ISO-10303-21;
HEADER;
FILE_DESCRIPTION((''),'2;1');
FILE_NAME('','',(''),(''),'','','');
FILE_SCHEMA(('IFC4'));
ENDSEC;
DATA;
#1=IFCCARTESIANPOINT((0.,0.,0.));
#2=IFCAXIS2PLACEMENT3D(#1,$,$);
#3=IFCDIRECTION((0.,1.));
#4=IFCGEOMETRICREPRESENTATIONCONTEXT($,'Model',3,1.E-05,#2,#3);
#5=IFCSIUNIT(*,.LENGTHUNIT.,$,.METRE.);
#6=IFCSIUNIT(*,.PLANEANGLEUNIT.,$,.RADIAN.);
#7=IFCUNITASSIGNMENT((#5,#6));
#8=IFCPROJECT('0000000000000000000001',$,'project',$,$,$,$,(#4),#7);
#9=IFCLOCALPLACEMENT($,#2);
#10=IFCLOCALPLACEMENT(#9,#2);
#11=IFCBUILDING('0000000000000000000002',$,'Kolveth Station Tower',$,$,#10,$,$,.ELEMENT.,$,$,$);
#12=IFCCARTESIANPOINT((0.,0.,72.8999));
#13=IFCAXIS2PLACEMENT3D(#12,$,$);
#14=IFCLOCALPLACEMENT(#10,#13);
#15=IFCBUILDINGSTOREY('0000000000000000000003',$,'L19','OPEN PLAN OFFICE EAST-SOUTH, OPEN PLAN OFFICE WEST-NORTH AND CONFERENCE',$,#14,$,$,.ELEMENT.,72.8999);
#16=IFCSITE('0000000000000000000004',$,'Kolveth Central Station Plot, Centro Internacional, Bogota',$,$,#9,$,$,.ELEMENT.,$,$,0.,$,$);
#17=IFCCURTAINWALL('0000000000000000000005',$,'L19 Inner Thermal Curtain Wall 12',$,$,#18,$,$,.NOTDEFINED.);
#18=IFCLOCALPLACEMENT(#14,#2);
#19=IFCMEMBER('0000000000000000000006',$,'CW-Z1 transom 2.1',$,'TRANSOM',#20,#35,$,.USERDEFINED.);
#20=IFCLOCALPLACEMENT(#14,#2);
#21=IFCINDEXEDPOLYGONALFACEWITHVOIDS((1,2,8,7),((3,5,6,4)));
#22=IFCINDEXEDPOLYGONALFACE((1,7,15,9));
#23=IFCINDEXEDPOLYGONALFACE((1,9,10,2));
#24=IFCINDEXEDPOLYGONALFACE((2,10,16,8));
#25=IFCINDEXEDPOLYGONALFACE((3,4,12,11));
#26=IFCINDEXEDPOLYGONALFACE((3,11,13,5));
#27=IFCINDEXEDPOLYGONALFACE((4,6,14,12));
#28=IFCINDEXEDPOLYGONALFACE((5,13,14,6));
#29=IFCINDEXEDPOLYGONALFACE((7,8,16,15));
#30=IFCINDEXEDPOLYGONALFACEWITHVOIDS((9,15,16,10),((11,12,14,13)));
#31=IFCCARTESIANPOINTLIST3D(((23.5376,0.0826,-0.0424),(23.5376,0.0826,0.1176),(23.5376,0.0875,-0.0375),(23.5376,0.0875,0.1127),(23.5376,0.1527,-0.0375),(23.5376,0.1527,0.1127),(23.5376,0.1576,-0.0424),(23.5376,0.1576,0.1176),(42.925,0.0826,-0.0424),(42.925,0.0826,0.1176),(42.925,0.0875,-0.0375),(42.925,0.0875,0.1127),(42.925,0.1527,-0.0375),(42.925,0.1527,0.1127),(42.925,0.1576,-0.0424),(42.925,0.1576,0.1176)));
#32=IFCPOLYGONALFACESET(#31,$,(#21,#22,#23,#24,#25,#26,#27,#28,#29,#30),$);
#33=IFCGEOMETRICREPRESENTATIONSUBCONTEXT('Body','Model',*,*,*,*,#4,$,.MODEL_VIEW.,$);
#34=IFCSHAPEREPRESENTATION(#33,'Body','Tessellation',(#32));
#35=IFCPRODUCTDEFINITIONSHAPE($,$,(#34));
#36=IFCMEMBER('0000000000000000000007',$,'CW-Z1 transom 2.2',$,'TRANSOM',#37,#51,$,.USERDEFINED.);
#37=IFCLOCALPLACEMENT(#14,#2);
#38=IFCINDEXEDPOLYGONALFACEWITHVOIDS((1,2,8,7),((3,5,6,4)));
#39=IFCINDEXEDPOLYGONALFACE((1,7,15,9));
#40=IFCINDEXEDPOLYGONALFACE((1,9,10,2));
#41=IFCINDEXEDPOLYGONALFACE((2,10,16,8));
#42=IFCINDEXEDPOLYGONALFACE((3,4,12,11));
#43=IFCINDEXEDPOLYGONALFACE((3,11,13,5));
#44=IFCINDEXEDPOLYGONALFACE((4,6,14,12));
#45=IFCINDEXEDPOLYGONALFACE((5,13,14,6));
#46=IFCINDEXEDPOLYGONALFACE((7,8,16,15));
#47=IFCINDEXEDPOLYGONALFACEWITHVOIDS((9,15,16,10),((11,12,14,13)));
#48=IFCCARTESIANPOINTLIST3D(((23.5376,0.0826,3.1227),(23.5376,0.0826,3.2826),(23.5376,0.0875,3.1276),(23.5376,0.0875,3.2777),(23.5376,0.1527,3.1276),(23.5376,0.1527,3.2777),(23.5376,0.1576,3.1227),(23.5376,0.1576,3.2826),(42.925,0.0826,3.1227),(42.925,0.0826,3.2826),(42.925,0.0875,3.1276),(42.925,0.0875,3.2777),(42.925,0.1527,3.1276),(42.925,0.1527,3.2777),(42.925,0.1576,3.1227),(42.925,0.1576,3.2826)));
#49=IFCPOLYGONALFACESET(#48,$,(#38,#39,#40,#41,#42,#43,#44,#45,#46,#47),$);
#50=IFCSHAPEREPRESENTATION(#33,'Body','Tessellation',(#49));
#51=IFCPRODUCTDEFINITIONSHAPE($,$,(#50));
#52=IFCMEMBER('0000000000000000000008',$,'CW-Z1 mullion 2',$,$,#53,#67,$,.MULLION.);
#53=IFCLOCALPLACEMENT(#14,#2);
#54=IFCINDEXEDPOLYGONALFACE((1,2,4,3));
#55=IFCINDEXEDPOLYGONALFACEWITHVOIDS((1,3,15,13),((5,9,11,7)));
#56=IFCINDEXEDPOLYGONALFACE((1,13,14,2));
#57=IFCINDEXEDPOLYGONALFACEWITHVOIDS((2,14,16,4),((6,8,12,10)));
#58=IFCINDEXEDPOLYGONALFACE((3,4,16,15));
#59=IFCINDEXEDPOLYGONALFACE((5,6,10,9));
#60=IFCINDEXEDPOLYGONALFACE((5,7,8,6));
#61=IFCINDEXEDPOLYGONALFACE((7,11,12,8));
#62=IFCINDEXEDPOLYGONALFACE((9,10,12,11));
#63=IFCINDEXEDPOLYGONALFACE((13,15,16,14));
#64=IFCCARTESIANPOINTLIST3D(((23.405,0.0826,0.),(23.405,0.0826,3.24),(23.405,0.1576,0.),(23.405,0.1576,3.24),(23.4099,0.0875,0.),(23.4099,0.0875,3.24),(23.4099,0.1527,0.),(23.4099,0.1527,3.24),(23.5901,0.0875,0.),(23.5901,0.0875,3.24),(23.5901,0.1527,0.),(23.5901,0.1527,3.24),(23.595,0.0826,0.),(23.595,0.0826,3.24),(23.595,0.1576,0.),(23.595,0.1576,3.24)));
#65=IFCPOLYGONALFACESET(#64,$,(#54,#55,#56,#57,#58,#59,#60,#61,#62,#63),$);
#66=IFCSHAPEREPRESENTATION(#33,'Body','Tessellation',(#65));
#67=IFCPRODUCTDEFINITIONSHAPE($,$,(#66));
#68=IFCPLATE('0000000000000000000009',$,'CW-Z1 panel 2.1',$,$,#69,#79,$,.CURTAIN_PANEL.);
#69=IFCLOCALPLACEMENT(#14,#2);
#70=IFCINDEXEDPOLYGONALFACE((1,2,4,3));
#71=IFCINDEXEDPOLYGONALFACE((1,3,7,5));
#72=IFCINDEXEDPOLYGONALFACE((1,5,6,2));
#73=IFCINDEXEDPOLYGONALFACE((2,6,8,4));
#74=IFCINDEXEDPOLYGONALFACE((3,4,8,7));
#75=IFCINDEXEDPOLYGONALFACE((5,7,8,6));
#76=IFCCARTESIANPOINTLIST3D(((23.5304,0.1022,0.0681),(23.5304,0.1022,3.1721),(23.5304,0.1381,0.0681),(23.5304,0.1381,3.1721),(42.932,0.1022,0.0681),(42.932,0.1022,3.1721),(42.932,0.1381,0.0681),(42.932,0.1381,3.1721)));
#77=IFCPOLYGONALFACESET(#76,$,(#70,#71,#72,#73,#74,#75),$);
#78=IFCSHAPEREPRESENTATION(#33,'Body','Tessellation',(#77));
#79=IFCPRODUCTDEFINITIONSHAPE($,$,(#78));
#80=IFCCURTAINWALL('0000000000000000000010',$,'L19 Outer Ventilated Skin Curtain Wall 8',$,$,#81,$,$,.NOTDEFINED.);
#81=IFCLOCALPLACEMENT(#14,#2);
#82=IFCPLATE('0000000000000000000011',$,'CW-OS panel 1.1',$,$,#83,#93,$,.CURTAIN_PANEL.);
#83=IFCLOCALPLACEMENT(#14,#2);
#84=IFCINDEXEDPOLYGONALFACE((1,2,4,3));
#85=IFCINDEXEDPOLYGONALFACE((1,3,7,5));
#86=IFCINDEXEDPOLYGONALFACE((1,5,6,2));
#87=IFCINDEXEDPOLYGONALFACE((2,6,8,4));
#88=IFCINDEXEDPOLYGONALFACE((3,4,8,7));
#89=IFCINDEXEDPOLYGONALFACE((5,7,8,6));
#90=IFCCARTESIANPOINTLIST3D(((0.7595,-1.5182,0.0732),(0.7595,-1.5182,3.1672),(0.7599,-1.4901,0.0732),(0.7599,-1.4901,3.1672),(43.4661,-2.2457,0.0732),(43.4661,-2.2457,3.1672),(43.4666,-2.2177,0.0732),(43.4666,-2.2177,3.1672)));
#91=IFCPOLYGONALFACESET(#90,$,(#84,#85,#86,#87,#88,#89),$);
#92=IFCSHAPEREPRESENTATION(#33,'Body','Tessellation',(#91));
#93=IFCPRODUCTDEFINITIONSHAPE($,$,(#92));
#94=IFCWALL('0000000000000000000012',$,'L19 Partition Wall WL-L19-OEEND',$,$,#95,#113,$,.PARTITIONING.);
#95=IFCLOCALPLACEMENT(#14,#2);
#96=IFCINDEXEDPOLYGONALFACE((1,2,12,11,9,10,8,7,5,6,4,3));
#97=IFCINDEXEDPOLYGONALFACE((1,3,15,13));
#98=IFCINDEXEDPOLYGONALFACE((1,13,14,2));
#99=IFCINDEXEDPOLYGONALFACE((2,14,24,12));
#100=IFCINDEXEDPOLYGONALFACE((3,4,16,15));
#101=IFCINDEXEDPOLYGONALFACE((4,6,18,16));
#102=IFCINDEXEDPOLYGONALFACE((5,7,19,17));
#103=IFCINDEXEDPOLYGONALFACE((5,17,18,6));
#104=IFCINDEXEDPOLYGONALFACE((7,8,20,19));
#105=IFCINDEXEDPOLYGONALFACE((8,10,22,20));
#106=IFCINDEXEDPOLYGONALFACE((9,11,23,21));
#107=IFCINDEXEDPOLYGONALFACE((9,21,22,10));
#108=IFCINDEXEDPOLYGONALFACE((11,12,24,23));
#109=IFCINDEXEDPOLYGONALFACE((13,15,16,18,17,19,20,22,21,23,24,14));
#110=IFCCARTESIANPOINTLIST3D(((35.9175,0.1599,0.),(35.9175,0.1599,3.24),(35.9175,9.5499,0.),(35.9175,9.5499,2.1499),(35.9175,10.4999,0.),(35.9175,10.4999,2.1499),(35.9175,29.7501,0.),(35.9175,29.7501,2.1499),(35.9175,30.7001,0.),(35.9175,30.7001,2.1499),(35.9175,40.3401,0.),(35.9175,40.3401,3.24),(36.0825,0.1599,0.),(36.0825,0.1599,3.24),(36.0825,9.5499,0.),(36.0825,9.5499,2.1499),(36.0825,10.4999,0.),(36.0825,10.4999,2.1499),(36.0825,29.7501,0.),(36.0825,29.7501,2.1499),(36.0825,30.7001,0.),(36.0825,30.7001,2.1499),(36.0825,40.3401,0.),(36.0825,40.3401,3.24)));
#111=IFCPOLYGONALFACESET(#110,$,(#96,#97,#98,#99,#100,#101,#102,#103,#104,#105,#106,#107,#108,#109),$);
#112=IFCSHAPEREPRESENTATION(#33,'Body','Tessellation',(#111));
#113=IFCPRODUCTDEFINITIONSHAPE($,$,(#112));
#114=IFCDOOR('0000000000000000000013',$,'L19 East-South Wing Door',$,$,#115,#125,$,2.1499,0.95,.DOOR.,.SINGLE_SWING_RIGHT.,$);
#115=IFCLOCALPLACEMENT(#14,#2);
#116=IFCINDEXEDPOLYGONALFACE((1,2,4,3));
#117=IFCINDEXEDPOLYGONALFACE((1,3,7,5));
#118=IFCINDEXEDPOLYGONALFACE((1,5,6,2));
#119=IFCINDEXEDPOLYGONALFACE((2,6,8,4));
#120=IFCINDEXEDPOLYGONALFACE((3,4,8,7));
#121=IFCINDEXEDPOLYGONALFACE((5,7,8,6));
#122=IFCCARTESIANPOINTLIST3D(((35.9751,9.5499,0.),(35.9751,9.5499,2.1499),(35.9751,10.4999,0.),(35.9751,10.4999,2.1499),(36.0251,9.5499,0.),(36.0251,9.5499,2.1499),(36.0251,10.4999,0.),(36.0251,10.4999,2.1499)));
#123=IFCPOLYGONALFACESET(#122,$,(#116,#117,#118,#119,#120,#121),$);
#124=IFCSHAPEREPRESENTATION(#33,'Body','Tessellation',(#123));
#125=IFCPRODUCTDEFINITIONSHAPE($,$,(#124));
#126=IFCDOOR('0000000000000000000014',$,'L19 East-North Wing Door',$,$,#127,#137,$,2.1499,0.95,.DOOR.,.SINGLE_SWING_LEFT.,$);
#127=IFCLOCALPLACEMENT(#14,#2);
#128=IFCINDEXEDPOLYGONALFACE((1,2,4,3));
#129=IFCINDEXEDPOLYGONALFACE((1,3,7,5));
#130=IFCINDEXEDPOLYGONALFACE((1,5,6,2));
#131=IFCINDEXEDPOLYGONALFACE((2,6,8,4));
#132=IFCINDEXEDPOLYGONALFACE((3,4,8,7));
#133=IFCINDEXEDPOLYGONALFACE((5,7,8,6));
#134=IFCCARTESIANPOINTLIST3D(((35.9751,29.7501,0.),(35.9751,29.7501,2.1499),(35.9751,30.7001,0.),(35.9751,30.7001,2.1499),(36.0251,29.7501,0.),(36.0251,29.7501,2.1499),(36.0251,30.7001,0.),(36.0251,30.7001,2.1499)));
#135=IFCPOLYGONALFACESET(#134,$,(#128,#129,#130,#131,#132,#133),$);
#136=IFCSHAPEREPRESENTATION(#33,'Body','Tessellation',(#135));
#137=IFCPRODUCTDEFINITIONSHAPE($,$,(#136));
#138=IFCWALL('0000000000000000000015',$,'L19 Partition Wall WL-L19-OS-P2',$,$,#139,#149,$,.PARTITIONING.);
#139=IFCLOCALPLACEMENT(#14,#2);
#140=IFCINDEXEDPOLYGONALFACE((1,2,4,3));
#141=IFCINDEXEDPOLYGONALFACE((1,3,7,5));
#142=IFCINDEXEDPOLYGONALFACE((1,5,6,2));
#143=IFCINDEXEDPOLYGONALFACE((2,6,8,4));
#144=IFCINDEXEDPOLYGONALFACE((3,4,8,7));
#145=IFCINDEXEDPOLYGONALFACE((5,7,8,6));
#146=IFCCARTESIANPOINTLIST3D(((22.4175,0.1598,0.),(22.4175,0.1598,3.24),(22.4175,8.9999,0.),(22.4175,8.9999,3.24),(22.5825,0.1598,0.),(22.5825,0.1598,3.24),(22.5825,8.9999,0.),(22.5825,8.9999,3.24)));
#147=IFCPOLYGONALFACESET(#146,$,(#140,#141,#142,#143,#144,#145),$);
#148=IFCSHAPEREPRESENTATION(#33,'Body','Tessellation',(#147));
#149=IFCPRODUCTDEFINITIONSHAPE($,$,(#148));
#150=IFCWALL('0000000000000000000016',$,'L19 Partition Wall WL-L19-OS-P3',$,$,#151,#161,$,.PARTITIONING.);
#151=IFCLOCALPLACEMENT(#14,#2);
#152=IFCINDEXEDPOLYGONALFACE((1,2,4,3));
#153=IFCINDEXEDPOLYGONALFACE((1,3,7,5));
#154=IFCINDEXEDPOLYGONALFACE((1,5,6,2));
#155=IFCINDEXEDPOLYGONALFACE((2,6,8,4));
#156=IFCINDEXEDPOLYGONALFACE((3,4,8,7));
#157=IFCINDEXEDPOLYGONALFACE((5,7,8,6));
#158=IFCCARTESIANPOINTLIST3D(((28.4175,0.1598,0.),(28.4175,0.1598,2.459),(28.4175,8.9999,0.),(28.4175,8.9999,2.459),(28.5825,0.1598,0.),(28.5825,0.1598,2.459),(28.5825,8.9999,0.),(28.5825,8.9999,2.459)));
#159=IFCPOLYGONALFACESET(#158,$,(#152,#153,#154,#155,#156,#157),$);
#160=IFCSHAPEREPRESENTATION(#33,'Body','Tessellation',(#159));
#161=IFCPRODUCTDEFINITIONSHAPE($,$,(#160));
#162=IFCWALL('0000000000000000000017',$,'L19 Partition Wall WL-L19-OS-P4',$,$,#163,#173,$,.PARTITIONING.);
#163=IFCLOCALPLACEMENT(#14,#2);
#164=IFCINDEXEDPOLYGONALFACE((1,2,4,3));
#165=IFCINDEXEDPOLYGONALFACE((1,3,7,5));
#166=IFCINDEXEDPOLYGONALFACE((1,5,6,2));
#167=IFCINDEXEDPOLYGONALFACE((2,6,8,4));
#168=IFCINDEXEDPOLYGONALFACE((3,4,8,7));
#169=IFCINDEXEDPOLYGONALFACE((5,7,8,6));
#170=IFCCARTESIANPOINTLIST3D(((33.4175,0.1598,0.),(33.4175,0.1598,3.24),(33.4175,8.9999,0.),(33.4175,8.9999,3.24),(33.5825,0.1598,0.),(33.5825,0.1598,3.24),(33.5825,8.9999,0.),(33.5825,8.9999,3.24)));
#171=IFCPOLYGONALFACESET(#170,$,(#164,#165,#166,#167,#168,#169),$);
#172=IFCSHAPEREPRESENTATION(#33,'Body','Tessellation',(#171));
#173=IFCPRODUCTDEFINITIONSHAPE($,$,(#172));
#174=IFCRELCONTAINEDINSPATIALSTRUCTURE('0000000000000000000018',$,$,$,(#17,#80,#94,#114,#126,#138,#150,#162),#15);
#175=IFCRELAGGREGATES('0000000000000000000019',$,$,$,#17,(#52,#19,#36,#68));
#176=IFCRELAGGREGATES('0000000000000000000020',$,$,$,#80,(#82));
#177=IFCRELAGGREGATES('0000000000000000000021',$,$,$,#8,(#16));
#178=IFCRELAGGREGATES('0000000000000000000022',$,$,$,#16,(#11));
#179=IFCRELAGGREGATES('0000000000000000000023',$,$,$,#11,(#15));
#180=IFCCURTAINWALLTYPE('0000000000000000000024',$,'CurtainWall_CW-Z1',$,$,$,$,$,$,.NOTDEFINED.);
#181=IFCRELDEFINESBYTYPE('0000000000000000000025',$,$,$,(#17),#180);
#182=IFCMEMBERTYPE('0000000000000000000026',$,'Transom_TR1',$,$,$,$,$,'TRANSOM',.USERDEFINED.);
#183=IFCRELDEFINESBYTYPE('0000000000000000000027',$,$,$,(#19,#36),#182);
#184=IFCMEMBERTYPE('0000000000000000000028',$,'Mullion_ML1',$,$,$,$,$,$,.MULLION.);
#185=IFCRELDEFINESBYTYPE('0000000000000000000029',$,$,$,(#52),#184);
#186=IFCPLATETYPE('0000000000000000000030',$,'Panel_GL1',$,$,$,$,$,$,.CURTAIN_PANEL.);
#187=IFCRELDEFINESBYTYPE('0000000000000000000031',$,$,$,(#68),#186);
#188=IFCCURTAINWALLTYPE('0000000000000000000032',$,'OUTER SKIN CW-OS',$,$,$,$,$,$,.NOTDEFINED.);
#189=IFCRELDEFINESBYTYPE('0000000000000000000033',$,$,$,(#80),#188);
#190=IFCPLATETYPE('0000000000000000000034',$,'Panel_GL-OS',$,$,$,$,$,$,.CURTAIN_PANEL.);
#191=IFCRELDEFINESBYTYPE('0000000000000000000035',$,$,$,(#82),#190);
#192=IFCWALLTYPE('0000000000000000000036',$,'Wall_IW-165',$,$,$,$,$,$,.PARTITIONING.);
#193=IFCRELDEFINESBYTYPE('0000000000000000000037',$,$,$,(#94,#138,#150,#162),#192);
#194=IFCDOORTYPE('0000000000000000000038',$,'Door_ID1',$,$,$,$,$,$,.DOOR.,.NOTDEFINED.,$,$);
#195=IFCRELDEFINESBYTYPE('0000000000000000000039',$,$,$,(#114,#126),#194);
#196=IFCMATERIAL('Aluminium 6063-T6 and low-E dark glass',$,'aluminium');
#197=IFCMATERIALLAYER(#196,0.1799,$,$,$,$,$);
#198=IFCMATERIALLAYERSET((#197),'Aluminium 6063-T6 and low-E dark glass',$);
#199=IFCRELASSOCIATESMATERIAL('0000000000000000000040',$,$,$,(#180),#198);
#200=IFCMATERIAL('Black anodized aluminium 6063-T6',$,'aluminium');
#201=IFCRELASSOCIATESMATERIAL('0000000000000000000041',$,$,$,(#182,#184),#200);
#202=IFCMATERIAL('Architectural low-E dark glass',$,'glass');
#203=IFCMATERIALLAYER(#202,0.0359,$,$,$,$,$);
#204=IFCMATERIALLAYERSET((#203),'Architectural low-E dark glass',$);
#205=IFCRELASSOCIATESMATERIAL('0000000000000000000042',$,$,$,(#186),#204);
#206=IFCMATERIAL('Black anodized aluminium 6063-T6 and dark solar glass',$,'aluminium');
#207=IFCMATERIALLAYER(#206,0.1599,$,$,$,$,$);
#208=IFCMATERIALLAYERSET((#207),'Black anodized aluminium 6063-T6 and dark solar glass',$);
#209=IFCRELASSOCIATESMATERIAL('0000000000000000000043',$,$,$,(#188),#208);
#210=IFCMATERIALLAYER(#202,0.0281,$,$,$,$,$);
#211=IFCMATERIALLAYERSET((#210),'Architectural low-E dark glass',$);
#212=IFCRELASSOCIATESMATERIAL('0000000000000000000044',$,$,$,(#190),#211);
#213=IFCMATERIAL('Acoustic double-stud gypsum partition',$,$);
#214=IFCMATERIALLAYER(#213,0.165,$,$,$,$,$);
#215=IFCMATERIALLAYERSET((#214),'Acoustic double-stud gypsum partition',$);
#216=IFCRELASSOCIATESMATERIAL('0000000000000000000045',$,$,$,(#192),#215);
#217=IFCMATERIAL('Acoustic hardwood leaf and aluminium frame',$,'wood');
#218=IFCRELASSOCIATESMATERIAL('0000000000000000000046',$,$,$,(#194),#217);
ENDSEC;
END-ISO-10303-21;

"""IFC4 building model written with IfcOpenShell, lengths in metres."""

from ifc_helpers import new_model, si_unit, direction, frame, frame_2d, origin, origin_2d, place, context, subcontext, project, spatial, rectangle, hollow_rectangle, extrude, source, transform, mapped, material, layer, layer_set, material_profile, profile_set, type_object, element, fill, aggregate, save


model = new_model("IFC4")

# Units and contexts
model_context = context("Model", 3, precision=1e-05, world=origin(), true_north=direction((0.0, 1.0)))
body_context = subcontext(model_context, "Body", "Model", "MODEL_VIEW")
ifc_project = project(units=[si_unit("LENGTHUNIT", "METRE"), si_unit("PLANEANGLEUNIT", "RADIAN")], contexts=[model_context])

# Site, building, storey
site_placement = place(None, origin())
site = spatial("IfcSite", under=ifc_project, at=site_placement, Name="Kolveth Central Station Plot, Centro Internacional, Bogota", CompositionType="ELEMENT", RefElevation=0.0)
building_placement = place(site_placement, origin())
building = spatial("IfcBuilding", under=site, at=building_placement, Name="Kolveth Station Tower", CompositionType="ELEMENT")
storey_placement = place(building_placement, frame((0.0, 0.0, 72.8999)))
storey = spatial("IfcBuildingStorey", under=building, at=storey_placement, Name="L19", Description="OPEN PLAN OFFICE EAST-SOUTH, OPEN PLAN OFFICE WEST-NORTH AND CONFERENCE", CompositionType="ELEMENT", Elevation=72.8999)

# Curtain wall, members, plate
ifc_material_1 = material(Name="Aluminium 6063-T6 and low-E dark glass", Category="aluminium")
ifc_layer_1 = layer(ifc_material_1, 0.1799)
ifc_layer_set_1 = layer_set([ifc_layer_1], Name="Aluminium 6063-T6 and low-E dark glass")
curtain_wall_type_1 = type_object("IfcCurtainWallType", Name="CurtainWall_CW-Z1", PredefinedType="NOTDEFINED", material=ifc_layer_set_1)
curtain_wall_1_placement = place(storey_placement, origin())
curtain_wall_1 = element("IfcCurtainWall", 1, at=curtain_wall_1_placement, inside=storey, type_object=curtain_wall_type_1, Name="L19 Inner Thermal Curtain Wall 12", PredefinedType="NOTDEFINED")
ifc_material_2 = material(Name="Black anodized aluminium 6063-T6", Category="aluminium")
ifc_material_profile_1 = material_profile(ifc_material_2, hollow_rectangle(XDim=0.075, YDim=0.1599, WallThickness=0.0049, at=origin_2d()), Name="ALU-75x160x5")
ifc_profile_set_1 = profile_set([ifc_material_profile_1], Name="Black anodized aluminium 6063-T6")
member_type_1 = type_object("IfcMemberType", Name="Transom_TR1", ElementType="TRANSOM", PredefinedType="USERDEFINED", material=ifc_profile_set_1)
shared_shape_1 = source(origin(), body_context, "Body", "SweptSolid", [
    extrude(hollow_rectangle(XDim=0.075, YDim=0.1599, WallThickness=0.0049, at=origin_2d()), origin(), (0.0, 0.0, 1.0), 19.3875),
])
member_1_placement = place(storey_placement, frame((23.5376, 0.1201, 0.0376), z_axis=(1.0, 0.0, 0.0), x_axis=(0.0, 1.0, 0.0)))
member_1 = element("IfcMember", 2, at=member_1_placement, type_object=member_type_1, Name="CW-Z1 transom 2.1", ObjectType="TRANSOM", PredefinedType="USERDEFINED", context=body_context, shape_type="MappedRepresentation", body=[
    mapped(shared_shape_1, transform((0.0, 0.0, 0.0), x_axis=(1.0, 0.0, 0.0), y_axis=(0.0, 1.0, 0.0), z_axis=(0.0, 0.0, 1.0), scale=1.0)),
])
member_2_placement = place(storey_placement, frame((23.5376, 0.1201, 3.2026), z_axis=(1.0, 0.0, 0.0), x_axis=(0.0, 1.0, 0.0)))
member_2 = element("IfcMember", 3, at=member_2_placement, type_object=member_type_1, Name="CW-Z1 transom 2.2", ObjectType="TRANSOM", PredefinedType="USERDEFINED", context=body_context, shape_type="MappedRepresentation", body=[
    mapped(shared_shape_1, transform((0.0, 0.0, 0.0), x_axis=(1.0, 0.0, 0.0), y_axis=(0.0, 1.0, 0.0), z_axis=(0.0, 0.0, 1.0), scale=1.0)),
])
ifc_material_profile_2 = material_profile(ifc_material_2, hollow_rectangle(XDim=0.075, YDim=0.1899, WallThickness=0.0049, at=origin_2d()), Name="ALU-75x190x5")
ifc_profile_set_2 = profile_set([ifc_material_profile_2], Name="Black anodized aluminium 6063-T6")
member_type_2 = type_object("IfcMemberType", Name="Mullion_ML1", PredefinedType="MULLION", material=ifc_profile_set_2)
shared_shape_2 = source(origin(), body_context, "Body", "SweptSolid", [
    extrude(hollow_rectangle(XDim=0.075, YDim=0.1899, WallThickness=0.0049, at=origin_2d()), origin(), (0.0, 0.0, 1.0), 3.24),
])
member_3_placement = place(storey_placement, frame((23.5, 0.1201, 0.0), z_axis=(0.0, 0.0, 1.0), x_axis=(0.0, 1.0, 0.0)))
member_3 = element("IfcMember", 4, at=member_3_placement, type_object=member_type_2, Name="CW-Z1 mullion 2", PredefinedType="MULLION", context=body_context, shape_type="MappedRepresentation", body=[
    mapped(shared_shape_2, transform((0.0, 0.0, 0.0), x_axis=(1.0, 0.0, 0.0), y_axis=(0.0, 1.0, 0.0), z_axis=(0.0, 0.0, 1.0), scale=1.0)),
])
ifc_material_3 = material(Name="Architectural low-E dark glass", Category="glass")
ifc_layer_2 = layer(ifc_material_3, 0.0359)
ifc_layer_set_2 = layer_set([ifc_layer_2], Name="Architectural low-E dark glass")
plate_type_1 = type_object("IfcPlateType", Name="Panel_GL1", PredefinedType="CURTAIN_PANEL", material=ifc_layer_set_2)
shared_shape_3 = source(origin(), body_context, "Body", "SweptSolid", [
    extrude(rectangle(XDim=19.4016, YDim=0.0359, at=origin_2d()), origin(), (0.0, 0.0, 1.0), 3.104),
])
plate_1_placement = place(storey_placement, frame((33.2312, 0.1201, 0.0681), z_axis=(0.0, 0.0, 1.0), x_axis=(1.0, 0.0, 0.0)))
plate_1 = element("IfcPlate", 5, at=plate_1_placement, type_object=plate_type_1, Name="CW-Z1 panel 2.1", PredefinedType="CURTAIN_PANEL", context=body_context, shape_type="MappedRepresentation", body=[
    mapped(shared_shape_3, transform((0.0, 0.0, 0.0), x_axis=(1.0, 0.0, 0.0), y_axis=(0.0, 1.0, 0.0), z_axis=(0.0, 0.0, 1.0), scale=1.0)),
])
aggregate(curtain_wall_1, [member_3, member_1, member_2, plate_1])

# Curtain wall, plate
ifc_material_4 = material(Name="Black anodized aluminium 6063-T6 and dark solar glass", Category="aluminium")
ifc_layer_3 = layer(ifc_material_4, 0.1599)
ifc_layer_set_3 = layer_set([ifc_layer_3], Name="Black anodized aluminium 6063-T6 and dark solar glass")
curtain_wall_type_2 = type_object("IfcCurtainWallType", Name="OUTER SKIN CW-OS", PredefinedType="NOTDEFINED", material=ifc_layer_set_3)
curtain_wall_2_placement = place(storey_placement, origin())
curtain_wall_2 = element("IfcCurtainWall", 6, at=curtain_wall_2_placement, inside=storey, type_object=curtain_wall_type_2, Name="L19 Outer Ventilated Skin Curtain Wall 8", PredefinedType="NOTDEFINED")
ifc_layer_4 = layer(ifc_material_3, 0.0281)
ifc_layer_set_4 = layer_set([ifc_layer_4], Name="Architectural low-E dark glass")
plate_type_2 = type_object("IfcPlateType", Name="Panel_GL-OS", PredefinedType="CURTAIN_PANEL", material=ifc_layer_set_4)
shared_shape_4 = source(origin(), body_context, "Body", "SweptSolid", [
    extrude(rectangle(XDim=42.7129, YDim=0.0281, at=origin_2d()), origin(), (0.0, 0.0, 1.0), 3.094),
])
plate_2_placement = place(storey_placement, frame((22.113, -1.8679, 0.0732), z_axis=(0.0, 0.0, 1.0), x_axis=(0.999855, -0.017034, 0.0)))
plate_2 = element("IfcPlate", 7, at=plate_2_placement, type_object=plate_type_2, Name="CW-OS panel 1.1", PredefinedType="CURTAIN_PANEL", context=body_context, shape_type="MappedRepresentation", body=[
    mapped(shared_shape_4, transform((0.0, 0.0, 0.0), x_axis=(1.0, 0.0, 0.0), y_axis=(0.0, 1.0, 0.0), z_axis=(0.0, 0.0, 1.0), scale=1.0)),
])
aggregate(curtain_wall_2, [plate_2])

# Wall, openings, doors
ifc_material_5 = material(Name="Acoustic double-stud gypsum partition")
ifc_layer_5 = layer(ifc_material_5, 0.165)
ifc_layer_set_5 = layer_set([ifc_layer_5], Name="Acoustic double-stud gypsum partition")
wall_type = type_object("IfcWallType", Name="Wall_IW-165", PredefinedType="PARTITIONING", material=ifc_layer_set_5)
wall_1_placement = place(storey_placement, frame((36.0, 0.1599, 0.0), z_axis=(0.0, 0.0, 1.0), x_axis=(0.0, 1.0, 0.0)))
wall_1 = element("IfcWall", 8, at=wall_1_placement, inside=storey, type_object=wall_type, Name="L19 Partition Wall WL-L19-OEEND", PredefinedType="PARTITIONING", context=body_context, shape_type="SweptSolid", body=[
    extrude(rectangle(XDim=40.1802, YDim=0.165, at=frame_2d((20.0901, 0.0))), origin(), (0.0, 0.0, 1.0), 3.24),
])
opening_1_placement = place(wall_1_placement, frame((9.3899, 0.0, 0.0)))
opening_1 = element("IfcOpeningElement", 9, at=opening_1_placement, cuts=wall_1, PredefinedType="OPENING", context=body_context, shape_type="SweptSolid", body=[
    extrude(rectangle(XDim=0.95, YDim=2.1499, at=frame_2d((0.4751, 1.075))), frame((0.0, 0.0925, 0.0), z_axis=(0.0, -1.0, 0.0), x_axis=(1.0, 0.0, 0.0)), (0.0, 0.0, 1.0), 0.1851),
])
opening_2_placement = place(wall_1_placement, frame((29.5901, 0.0, 0.0)))
opening_2 = element("IfcOpeningElement", 10, at=opening_2_placement, cuts=wall_1, PredefinedType="OPENING", context=body_context, shape_type="SweptSolid", body=[
    extrude(rectangle(XDim=0.95, YDim=2.1499, at=frame_2d((0.4751, 1.075))), frame((0.0, 0.0925, 0.0), z_axis=(0.0, -1.0, 0.0), x_axis=(1.0, 0.0, 0.0)), (0.0, 0.0, 1.0), 0.1851),
])
ifc_material_6 = material(Name="Acoustic hardwood leaf and aluminium frame", Category="wood")
door_type = type_object("IfcDoorType", Name="Door_ID1", OperationType="NOTDEFINED", PredefinedType="DOOR", material=ifc_material_6)
door_1_placement = place(opening_1_placement, origin())
door_1 = element("IfcDoor", 11, at=door_1_placement, inside=storey, type_object=door_type, Name="L19 East-South Wing Door", OperationType="SINGLE_SWING_RIGHT", OverallHeight=2.1499, OverallWidth=0.95, PredefinedType="DOOR", context=body_context, shape_type="SweptSolid", body=[
    extrude(rectangle(XDim=0.95, YDim=2.1499, at=frame_2d((0.4751, 1.075))), frame((0.0, 0.0249, 0.0), z_axis=(0.0, -1.0, 0.0), x_axis=(1.0, 0.0, 0.0)), (0.0, 0.0, 1.0), 0.05),
])
fill(opening_1, door_1)
door_2_placement = place(opening_2_placement, origin())
door_2 = element("IfcDoor", 12, at=door_2_placement, inside=storey, type_object=door_type, Name="L19 East-North Wing Door", OperationType="SINGLE_SWING_LEFT", OverallHeight=2.1499, OverallWidth=0.95, PredefinedType="DOOR", context=body_context, shape_type="SweptSolid", body=[
    extrude(rectangle(XDim=0.95, YDim=2.1499, at=frame_2d((0.4751, 1.075))), frame((0.0, 0.0249, 0.0), z_axis=(0.0, -1.0, 0.0), x_axis=(1.0, 0.0, 0.0)), (0.0, 0.0, 1.0), 0.05),
])
fill(opening_2, door_2)

# Walls
wall_2_placement = place(storey_placement, frame((22.5, 0.1599, 0.0), z_axis=(0.0, 0.0, 1.0), x_axis=(0.0, 1.0, 0.0)))
element("IfcWall", 13, at=wall_2_placement, inside=storey, type_object=wall_type, Name="L19 Partition Wall WL-L19-OS-P2", PredefinedType="PARTITIONING", context=body_context, shape_type="SweptSolid", body=[
    extrude(rectangle(XDim=8.8401, YDim=0.165, at=frame_2d((4.4199, 0.0))), origin(), (0.0, 0.0, 1.0), 3.24),
])
wall_3_placement = place(storey_placement, frame((28.5, 0.1599, 0.0), z_axis=(0.0, 0.0, 1.0), x_axis=(0.0, 1.0, 0.0)))
element("IfcWall", 14, at=wall_3_placement, inside=storey, type_object=wall_type, Name="L19 Partition Wall WL-L19-OS-P3", PredefinedType="PARTITIONING", context=body_context, shape_type="SweptSolid", body=[
    extrude(rectangle(XDim=8.8401, YDim=0.165, at=frame_2d((4.4199, 0.0))), origin(), (0.0, 0.0, 1.0), 2.459),
])
wall_4_placement = place(storey_placement, frame((33.5, 0.1599, 0.0), z_axis=(0.0, 0.0, 1.0), x_axis=(0.0, 1.0, 0.0)))
element("IfcWall", 15, at=wall_4_placement, inside=storey, type_object=wall_type, Name="L19 Partition Wall WL-L19-OS-P4", PredefinedType="PARTITIONING", context=body_context, shape_type="SweptSolid", body=[
    extrude(rectangle(XDim=8.8401, YDim=0.165, at=frame_2d((4.4199, 0.0))), origin(), (0.0, 0.0, 1.0), 3.24),
])

save(model, "model.ifc")
